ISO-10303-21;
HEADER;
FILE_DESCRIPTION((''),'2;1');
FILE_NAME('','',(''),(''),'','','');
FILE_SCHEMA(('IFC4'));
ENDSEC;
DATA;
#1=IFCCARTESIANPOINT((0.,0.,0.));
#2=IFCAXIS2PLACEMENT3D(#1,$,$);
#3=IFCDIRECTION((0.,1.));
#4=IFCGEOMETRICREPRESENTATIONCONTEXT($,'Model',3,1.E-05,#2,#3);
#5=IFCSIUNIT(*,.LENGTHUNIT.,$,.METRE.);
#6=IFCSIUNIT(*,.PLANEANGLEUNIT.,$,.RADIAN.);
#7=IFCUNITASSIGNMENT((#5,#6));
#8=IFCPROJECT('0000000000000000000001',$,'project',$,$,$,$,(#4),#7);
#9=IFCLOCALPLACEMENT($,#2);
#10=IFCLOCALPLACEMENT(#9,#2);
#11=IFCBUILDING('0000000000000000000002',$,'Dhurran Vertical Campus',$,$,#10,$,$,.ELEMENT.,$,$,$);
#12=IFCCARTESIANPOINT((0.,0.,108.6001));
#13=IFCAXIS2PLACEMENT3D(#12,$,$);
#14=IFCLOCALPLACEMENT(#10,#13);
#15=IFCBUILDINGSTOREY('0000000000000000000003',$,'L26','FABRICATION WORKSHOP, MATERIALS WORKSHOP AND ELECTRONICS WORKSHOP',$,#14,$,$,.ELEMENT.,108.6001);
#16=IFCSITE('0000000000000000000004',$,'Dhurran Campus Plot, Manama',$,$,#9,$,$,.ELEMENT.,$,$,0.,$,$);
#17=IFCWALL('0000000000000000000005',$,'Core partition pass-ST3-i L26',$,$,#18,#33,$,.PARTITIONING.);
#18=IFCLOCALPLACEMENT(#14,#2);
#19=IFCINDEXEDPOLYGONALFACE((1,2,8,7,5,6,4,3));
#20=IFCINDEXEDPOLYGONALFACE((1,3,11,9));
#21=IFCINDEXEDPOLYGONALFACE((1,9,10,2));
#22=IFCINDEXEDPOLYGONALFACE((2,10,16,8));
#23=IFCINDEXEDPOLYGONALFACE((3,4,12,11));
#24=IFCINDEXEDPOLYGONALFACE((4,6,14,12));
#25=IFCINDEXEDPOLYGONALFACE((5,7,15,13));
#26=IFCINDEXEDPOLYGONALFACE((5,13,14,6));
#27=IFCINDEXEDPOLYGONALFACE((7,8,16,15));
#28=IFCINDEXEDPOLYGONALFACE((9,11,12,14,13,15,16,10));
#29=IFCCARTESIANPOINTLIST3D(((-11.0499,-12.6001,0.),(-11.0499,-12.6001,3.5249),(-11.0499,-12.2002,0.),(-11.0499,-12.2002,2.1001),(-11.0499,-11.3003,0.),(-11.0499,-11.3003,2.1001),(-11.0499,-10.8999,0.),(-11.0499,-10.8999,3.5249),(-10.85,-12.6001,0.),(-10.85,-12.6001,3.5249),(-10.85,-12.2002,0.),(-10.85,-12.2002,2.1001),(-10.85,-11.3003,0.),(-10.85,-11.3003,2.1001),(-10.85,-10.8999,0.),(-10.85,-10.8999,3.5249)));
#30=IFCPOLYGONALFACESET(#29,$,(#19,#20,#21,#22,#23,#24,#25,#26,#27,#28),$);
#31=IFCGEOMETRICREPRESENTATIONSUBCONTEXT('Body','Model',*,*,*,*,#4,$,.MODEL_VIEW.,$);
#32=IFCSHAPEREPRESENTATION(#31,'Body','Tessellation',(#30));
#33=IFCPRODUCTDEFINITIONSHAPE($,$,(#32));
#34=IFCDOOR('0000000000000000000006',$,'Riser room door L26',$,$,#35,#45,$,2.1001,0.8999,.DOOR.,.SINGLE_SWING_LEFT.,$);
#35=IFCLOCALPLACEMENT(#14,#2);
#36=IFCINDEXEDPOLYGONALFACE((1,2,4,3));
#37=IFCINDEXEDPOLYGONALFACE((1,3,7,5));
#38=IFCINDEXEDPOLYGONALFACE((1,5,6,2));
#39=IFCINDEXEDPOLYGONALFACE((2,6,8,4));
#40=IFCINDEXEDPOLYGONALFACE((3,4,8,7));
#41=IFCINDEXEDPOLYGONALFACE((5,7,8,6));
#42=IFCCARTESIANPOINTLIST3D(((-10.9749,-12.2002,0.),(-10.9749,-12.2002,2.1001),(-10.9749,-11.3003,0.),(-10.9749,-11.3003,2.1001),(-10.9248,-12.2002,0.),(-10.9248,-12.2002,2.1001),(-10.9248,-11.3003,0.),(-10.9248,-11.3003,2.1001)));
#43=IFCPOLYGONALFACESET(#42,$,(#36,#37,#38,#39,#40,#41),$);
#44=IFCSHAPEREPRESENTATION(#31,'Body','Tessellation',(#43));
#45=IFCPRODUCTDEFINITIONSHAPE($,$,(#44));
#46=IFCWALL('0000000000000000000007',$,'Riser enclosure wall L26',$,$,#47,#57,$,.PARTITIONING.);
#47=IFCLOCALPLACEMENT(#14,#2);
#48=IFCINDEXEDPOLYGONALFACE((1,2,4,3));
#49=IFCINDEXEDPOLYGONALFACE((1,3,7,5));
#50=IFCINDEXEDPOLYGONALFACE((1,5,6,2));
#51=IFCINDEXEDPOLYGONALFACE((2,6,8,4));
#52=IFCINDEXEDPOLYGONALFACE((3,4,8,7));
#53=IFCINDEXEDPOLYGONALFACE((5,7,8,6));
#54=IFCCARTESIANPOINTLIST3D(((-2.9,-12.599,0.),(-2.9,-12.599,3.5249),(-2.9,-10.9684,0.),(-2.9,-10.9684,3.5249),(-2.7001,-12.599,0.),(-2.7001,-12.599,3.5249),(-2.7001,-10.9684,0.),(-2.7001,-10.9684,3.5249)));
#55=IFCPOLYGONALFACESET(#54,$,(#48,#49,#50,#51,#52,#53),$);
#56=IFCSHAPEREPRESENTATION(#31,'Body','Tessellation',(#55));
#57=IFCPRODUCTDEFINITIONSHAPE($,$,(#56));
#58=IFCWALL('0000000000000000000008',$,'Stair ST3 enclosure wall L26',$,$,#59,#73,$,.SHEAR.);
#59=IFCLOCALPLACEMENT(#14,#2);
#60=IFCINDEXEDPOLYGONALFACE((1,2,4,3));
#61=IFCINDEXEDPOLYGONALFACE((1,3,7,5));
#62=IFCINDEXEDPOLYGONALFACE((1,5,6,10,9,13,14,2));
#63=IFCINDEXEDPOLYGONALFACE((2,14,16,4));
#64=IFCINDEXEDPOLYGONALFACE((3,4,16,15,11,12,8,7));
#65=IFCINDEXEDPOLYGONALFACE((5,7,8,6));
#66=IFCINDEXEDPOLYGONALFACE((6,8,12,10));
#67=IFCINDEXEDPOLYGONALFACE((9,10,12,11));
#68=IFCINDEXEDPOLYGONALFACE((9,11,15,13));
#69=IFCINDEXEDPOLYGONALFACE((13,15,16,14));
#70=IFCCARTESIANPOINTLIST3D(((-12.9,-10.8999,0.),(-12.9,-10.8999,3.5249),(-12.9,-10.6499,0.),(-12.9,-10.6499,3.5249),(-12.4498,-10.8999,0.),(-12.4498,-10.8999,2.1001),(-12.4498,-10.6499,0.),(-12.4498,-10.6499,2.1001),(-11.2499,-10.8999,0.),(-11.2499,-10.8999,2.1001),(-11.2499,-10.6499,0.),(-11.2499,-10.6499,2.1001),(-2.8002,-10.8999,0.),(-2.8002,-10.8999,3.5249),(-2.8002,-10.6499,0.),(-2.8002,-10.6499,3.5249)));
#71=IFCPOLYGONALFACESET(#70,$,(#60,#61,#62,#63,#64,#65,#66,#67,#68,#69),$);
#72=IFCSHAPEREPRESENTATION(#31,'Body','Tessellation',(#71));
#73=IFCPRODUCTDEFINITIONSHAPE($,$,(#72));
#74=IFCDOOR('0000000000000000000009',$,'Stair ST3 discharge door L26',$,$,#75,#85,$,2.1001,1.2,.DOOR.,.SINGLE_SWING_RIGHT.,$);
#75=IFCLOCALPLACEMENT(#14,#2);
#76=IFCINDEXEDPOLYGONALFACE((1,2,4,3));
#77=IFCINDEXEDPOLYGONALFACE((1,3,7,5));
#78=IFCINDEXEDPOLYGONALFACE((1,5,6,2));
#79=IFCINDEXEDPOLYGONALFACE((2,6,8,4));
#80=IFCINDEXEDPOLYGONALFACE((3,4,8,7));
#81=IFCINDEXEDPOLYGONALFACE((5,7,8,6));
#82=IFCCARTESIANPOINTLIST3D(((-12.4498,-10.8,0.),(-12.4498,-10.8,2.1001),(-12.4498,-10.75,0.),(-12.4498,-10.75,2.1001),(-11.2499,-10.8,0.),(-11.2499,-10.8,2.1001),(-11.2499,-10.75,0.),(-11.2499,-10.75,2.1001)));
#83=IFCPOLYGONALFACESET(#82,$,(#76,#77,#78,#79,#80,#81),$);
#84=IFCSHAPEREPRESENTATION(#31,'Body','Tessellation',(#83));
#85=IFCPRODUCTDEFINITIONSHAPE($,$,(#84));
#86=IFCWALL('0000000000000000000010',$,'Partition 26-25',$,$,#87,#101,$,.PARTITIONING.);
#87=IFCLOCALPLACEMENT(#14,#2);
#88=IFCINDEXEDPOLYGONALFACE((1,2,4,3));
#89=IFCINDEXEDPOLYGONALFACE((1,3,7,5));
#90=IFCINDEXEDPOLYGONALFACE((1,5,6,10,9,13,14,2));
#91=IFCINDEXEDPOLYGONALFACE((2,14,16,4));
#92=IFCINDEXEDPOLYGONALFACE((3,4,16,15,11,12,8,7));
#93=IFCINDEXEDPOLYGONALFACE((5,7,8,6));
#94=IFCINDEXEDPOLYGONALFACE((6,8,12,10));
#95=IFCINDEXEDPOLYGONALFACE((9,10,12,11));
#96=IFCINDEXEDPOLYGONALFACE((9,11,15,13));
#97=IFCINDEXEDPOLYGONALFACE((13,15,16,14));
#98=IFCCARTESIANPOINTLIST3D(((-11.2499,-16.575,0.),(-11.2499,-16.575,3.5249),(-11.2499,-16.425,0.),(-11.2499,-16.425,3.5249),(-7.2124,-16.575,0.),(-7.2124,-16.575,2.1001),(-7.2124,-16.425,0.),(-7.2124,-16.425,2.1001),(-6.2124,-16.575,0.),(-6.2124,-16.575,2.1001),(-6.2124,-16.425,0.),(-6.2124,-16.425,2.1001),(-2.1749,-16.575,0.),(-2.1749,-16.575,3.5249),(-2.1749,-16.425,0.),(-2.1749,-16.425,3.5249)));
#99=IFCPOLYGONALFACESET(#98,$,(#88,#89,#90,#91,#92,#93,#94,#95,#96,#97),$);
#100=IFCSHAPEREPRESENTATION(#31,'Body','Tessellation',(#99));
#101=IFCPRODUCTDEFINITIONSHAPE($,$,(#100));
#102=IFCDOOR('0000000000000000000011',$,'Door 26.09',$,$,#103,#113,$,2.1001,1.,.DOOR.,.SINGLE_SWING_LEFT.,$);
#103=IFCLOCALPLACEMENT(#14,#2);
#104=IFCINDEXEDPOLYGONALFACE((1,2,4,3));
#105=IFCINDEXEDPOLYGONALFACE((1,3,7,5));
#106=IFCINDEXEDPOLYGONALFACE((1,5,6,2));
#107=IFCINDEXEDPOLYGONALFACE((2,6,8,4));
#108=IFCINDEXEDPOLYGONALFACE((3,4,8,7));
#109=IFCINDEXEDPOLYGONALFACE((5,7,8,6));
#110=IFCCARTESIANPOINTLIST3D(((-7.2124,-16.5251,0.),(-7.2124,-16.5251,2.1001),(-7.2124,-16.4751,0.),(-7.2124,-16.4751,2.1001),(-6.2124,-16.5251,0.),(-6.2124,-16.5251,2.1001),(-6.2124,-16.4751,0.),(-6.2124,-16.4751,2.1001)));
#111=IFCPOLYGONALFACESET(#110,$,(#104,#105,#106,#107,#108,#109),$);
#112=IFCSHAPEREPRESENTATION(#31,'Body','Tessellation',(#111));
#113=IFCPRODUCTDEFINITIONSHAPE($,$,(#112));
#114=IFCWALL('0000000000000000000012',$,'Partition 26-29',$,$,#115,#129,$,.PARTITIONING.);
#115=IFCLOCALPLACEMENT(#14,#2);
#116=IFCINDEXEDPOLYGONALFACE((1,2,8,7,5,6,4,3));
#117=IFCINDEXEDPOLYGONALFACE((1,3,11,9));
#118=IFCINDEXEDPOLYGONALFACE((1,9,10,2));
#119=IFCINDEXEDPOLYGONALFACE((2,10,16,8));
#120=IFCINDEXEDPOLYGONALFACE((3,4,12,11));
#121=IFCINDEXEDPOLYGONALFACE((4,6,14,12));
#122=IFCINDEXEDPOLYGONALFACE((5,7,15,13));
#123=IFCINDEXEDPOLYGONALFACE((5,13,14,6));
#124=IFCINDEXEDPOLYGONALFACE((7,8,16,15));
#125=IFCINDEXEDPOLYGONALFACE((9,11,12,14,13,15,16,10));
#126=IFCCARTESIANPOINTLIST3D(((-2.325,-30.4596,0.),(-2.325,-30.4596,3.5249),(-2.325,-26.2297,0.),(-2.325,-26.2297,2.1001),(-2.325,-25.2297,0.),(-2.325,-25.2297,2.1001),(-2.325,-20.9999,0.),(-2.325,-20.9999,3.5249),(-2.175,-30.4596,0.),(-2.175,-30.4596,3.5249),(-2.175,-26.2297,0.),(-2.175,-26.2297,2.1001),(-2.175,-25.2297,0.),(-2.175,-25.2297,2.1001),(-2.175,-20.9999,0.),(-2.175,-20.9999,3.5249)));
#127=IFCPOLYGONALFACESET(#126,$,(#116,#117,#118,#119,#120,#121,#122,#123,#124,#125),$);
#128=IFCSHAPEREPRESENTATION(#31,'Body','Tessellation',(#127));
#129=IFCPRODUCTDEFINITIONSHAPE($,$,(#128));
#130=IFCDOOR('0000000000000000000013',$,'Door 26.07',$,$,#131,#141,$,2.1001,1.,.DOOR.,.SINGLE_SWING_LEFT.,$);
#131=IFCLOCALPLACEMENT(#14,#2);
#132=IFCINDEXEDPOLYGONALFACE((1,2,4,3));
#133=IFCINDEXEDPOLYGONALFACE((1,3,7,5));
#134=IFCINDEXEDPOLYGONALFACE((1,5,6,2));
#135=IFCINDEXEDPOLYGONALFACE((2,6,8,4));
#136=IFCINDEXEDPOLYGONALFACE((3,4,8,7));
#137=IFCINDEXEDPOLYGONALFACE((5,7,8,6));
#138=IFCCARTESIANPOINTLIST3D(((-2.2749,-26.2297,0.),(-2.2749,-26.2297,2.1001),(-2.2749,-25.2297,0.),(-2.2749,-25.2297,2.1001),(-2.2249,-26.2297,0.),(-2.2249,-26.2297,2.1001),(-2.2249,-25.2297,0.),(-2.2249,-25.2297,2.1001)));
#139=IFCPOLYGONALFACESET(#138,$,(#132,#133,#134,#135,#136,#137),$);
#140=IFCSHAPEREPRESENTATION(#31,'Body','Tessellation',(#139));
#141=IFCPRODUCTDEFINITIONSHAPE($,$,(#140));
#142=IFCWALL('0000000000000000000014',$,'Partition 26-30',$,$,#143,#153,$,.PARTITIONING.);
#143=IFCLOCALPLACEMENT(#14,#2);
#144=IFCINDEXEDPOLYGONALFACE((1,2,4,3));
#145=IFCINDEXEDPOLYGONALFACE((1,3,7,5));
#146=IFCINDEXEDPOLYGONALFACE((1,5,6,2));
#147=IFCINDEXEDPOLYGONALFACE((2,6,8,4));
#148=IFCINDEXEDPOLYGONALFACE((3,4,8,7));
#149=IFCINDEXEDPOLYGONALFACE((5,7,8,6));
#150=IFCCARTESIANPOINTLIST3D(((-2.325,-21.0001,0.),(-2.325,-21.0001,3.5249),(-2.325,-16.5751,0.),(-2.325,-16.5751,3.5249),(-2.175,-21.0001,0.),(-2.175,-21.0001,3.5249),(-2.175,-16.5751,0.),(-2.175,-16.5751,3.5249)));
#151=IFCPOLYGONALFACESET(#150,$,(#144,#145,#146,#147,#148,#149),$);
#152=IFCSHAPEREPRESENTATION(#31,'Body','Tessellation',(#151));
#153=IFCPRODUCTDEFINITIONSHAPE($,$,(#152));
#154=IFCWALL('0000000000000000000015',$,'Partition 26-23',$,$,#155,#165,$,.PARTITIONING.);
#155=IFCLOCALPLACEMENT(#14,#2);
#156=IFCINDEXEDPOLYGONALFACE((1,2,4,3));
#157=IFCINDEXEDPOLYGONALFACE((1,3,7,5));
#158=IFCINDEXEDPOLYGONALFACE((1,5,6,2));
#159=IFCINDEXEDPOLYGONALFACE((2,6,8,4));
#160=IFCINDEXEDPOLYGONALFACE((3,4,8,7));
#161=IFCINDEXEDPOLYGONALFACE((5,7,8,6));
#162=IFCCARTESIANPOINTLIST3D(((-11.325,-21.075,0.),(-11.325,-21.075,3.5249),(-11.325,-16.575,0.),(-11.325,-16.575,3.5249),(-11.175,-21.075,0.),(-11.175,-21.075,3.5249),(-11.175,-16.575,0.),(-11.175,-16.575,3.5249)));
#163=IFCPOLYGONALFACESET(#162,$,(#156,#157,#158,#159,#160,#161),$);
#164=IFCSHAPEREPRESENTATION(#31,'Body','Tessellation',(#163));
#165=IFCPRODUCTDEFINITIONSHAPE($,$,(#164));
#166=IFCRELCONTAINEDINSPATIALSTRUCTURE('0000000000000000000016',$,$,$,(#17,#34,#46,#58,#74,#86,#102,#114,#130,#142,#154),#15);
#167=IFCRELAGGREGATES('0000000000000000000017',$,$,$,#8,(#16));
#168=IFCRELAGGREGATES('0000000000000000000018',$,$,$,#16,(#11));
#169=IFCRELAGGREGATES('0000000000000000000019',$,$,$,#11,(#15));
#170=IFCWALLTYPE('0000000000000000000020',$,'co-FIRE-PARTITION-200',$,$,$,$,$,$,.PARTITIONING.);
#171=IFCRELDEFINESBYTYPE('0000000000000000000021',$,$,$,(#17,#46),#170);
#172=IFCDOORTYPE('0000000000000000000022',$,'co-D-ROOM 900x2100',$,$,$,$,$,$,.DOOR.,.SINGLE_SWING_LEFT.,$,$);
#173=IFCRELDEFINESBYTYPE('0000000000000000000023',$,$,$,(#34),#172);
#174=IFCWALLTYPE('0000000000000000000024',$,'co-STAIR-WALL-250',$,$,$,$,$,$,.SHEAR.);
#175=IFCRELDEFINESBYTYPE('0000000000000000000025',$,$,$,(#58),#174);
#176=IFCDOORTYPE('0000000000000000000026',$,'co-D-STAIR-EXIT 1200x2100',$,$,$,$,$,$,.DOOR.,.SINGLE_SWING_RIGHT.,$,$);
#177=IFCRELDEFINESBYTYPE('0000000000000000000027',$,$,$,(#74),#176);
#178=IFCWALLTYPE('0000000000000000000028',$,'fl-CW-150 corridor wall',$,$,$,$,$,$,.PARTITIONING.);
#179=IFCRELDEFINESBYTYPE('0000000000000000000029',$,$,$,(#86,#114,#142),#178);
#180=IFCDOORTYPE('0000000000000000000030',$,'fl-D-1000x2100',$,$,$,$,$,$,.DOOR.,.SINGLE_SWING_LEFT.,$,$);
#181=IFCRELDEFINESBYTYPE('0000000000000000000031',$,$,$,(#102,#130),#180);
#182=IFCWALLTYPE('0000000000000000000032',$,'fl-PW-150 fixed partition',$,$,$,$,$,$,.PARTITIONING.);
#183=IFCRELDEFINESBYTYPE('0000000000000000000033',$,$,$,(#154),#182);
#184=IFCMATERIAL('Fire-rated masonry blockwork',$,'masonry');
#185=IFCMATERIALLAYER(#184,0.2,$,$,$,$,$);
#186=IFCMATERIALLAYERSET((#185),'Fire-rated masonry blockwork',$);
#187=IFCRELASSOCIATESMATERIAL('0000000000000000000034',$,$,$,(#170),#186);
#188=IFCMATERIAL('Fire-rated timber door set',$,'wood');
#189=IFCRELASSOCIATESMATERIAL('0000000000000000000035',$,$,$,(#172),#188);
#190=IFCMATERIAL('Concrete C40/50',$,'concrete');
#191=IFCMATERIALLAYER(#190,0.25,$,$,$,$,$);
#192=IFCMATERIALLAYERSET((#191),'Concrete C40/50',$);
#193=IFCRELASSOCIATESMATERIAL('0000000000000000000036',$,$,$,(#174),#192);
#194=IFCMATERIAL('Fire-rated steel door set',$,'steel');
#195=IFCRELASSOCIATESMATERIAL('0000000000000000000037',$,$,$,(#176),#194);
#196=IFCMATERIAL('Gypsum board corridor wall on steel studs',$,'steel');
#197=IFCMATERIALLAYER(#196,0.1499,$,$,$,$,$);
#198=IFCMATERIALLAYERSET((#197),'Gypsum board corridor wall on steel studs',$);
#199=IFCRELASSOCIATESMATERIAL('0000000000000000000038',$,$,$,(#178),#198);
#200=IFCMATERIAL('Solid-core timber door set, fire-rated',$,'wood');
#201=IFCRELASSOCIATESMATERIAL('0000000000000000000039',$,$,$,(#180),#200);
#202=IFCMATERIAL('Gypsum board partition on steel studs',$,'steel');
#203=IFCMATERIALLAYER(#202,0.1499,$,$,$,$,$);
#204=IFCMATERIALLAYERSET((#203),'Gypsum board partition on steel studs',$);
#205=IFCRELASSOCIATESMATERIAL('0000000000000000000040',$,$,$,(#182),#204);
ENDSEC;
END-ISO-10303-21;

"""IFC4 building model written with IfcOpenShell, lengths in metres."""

from ifc_helpers import new_model, si_unit, direction, frame, frame_2d, origin, place, context, subcontext, project, spatial, rectangle, extrude, material, layer, layer_set, type_object, element, fill, save


model = new_model("IFC4")

# Units and contexts
model_context = context("Model", 3, precision=1e-05, world=origin(), true_north=direction((0.0, 1.0)))
body_context = subcontext(model_context, "Body", "Model", "MODEL_VIEW")
ifc_project = project(units=[si_unit("LENGTHUNIT", "METRE"), si_unit("PLANEANGLEUNIT", "RADIAN")], contexts=[model_context])

# Site, building, storey
site_placement = place(None, origin())
site = spatial("IfcSite", under=ifc_project, at=site_placement, Name="Dhurran Campus Plot, Manama", CompositionType="ELEMENT", RefElevation=0.0)
building_placement = place(site_placement, origin())
building = spatial("IfcBuilding", under=site, at=building_placement, Name="Dhurran Vertical Campus", CompositionType="ELEMENT")
storey_placement = place(building_placement, frame((0.0, 0.0, 108.6001)))
storey = spatial("IfcBuildingStorey", under=building, at=storey_placement, Name="L26", Description="FABRICATION WORKSHOP, MATERIALS WORKSHOP AND ELECTRONICS WORKSHOP", CompositionType="ELEMENT", Elevation=108.6001)

# Shared definitions
ifc_material_1 = material(Name="Fire-rated masonry blockwork", Category="masonry")
ifc_layer_1 = layer(ifc_material_1, 0.2)
ifc_layer_set_1 = layer_set([ifc_layer_1], Name="Fire-rated masonry blockwork")
wall_type_1 = type_object("IfcWallType", Name="co-FIRE-PARTITION-200", PredefinedType="PARTITIONING", material=ifc_layer_set_1)

# Shared definitions
ifc_material_2 = material(Name="Fire-rated timber door set", Category="wood")
door_type_1 = type_object("IfcDoorType", Name="co-D-ROOM 900x2100", OperationType="SINGLE_SWING_LEFT", PredefinedType="DOOR", material=ifc_material_2)

# Wall, opening, door
wall_1_placement = place(storey_placement, frame((-10.95, -12.6001, 0.0), z_axis=(0.0, 0.0, 1.0), x_axis=(0.0, 1.0, 0.0)))
wall_1 = element("IfcWall", 1, at=wall_1_placement, inside=storey, type_object=wall_type_1, Name="Core partition pass-ST3-i L26", PredefinedType="PARTITIONING", context=body_context, shape_type="SweptSolid", body=[
    extrude(rectangle(XDim=1.7002, YDim=0.2, at=frame_2d((0.8501, 0.0))), origin(), (0.0, 0.0, 1.0), 3.5249),
])
opening_1_placement = place(wall_1_placement, frame((0.3999, 0.0, 0.0)))
opening_1 = element("IfcOpeningElement", 2, at=opening_1_placement, cuts=wall_1, PredefinedType="OPENING", context=body_context, shape_type="SweptSolid", body=[
    extrude(rectangle(XDim=0.8999, YDim=2.1001, at=frame_2d((0.45, 1.05))), frame((0.0, 0.1099, 0.0), z_axis=(0.0, -1.0, 0.0), x_axis=(1.0, 0.0, 0.0)), (0.0, 0.0, 1.0), 0.22),
])
door_1_placement = place(opening_1_placement, origin())
door_1 = element("IfcDoor", 3, at=door_1_placement, inside=storey, type_object=door_type_1, Name="Riser room door L26", OperationType="SINGLE_SWING_LEFT", OverallHeight=2.1001, OverallWidth=0.8999, PredefinedType="DOOR", context=body_context, shape_type="SweptSolid", body=[
    extrude(rectangle(XDim=0.8999, YDim=2.1001, at=frame_2d((0.45, 1.05))), frame((0.0, 0.0249, 0.0), z_axis=(0.0, -1.0, 0.0), x_axis=(1.0, 0.0, 0.0)), (0.0, 0.0, 1.0), 0.05),
])
fill(opening_1, door_1)

# Wall
wall_2_placement = place(storey_placement, frame((-2.8, -12.5991, 0.0), z_axis=(0.0, 0.0, 1.0), x_axis=(0.0, 1.0, 0.0)))
element("IfcWall", 4, at=wall_2_placement, inside=storey, type_object=wall_type_1, Name="Riser enclosure wall L26", PredefinedType="PARTITIONING", context=body_context, shape_type="SweptSolid", body=[
    extrude(rectangle(XDim=1.6306, YDim=0.2, at=frame_2d((0.8154, 0.0))), origin(), (0.0, 0.0, 1.0), 3.5249),
])

# Walls, openings, doors
ifc_material_3 = material(Name="Concrete C40/50", Category="concrete")
ifc_layer_2 = layer(ifc_material_3, 0.25)
ifc_layer_set_2 = layer_set([ifc_layer_2], Name="Concrete C40/50")
wall_type_2 = type_object("IfcWallType", Name="co-STAIR-WALL-250", PredefinedType="SHEAR", material=ifc_layer_set_2)
wall_3_placement = place(storey_placement, frame((-12.8999, -10.7749, 0.0), z_axis=(0.0, 0.0, 1.0), x_axis=(1.0, 0.0, 0.0)))
wall_3 = element("IfcWall", 5, at=wall_3_placement, inside=storey, type_object=wall_type_2, Name="Stair ST3 enclosure wall L26", PredefinedType="SHEAR", context=body_context, shape_type="SweptSolid", body=[
    extrude(rectangle(XDim=10.0999, YDim=0.25, at=frame_2d((5.0498, 0.0))), origin(), (0.0, 0.0, 1.0), 3.5249),
])
opening_2_placement = place(wall_3_placement, frame((0.45, 0.0, 0.0)))
opening_2 = element("IfcOpeningElement", 6, at=opening_2_placement, cuts=wall_3, PredefinedType="OPENING", context=body_context, shape_type="SweptSolid", body=[
    extrude(rectangle(XDim=1.2, YDim=2.1001, at=frame_2d((0.6001, 1.05))), frame((0.0, 0.135, 0.0), z_axis=(0.0, -1.0, 0.0), x_axis=(1.0, 0.0, 0.0)), (0.0, 0.0, 1.0), 0.27),
])
ifc_material_4 = material(Name="Fire-rated steel door set", Category="steel")
door_type_2 = type_object("IfcDoorType", Name="co-D-STAIR-EXIT 1200x2100", OperationType="SINGLE_SWING_RIGHT", PredefinedType="DOOR", material=ifc_material_4)
door_2_placement = place(opening_2_placement, origin())
door_2 = element("IfcDoor", 7, at=door_2_placement, inside=storey, type_object=door_type_2, Name="Stair ST3 discharge door L26", OperationType="SINGLE_SWING_RIGHT", OverallHeight=2.1001, OverallWidth=1.2, PredefinedType="DOOR", context=body_context, shape_type="SweptSolid", body=[
    extrude(rectangle(XDim=1.2, YDim=2.1001, at=frame_2d((0.6001, 1.05))), frame((0.0, 0.0249, 0.0), z_axis=(0.0, -1.0, 0.0), x_axis=(1.0, 0.0, 0.0)), (0.0, 0.0, 1.0), 0.05),
])
fill(opening_2, door_2)
ifc_material_5 = material(Name="Gypsum board corridor wall on steel studs", Category="steel")
ifc_layer_3 = layer(ifc_material_5, 0.1499)
ifc_layer_set_3 = layer_set([ifc_layer_3], Name="Gypsum board corridor wall on steel studs")
wall_type_3 = type_object("IfcWallType", Name="fl-CW-150 corridor wall", PredefinedType="PARTITIONING", material=ifc_layer_set_3)
wall_4_placement = place(storey_placement, frame((-11.25, -16.5, 0.0), z_axis=(0.0, 0.0, 1.0), x_axis=(1.0, 0.0, 0.0)))
wall_4 = element("IfcWall", 8, at=wall_4_placement, inside=storey, type_object=wall_type_3, Name="Partition 26-25", PredefinedType="PARTITIONING", context=body_context, shape_type="SweptSolid", body=[
    extrude(rectangle(XDim=9.075, YDim=0.1499, at=frame_2d((4.5376, 0.0))), origin(), (0.0, 0.0, 1.0), 3.5249),
])
opening_3_placement = place(wall_4_placement, frame((4.0376, 0.0, 0.0)))
opening_3 = element("IfcOpeningElement", 9, at=opening_3_placement, cuts=wall_4, PredefinedType="OPENING", context=body_context, shape_type="SweptSolid", body=[
    extrude(rectangle(XDim=1.0, YDim=2.1001, at=frame_2d((0.5, 1.05))), frame((0.0, 0.085, 0.0), z_axis=(0.0, -1.0, 0.0), x_axis=(1.0, 0.0, 0.0)), (0.0, 0.0, 1.0), 0.1699),
])
ifc_material_6 = material(Name="Solid-core timber door set, fire-rated", Category="wood")
door_type_3 = type_object("IfcDoorType", Name="fl-D-1000x2100", OperationType="SINGLE_SWING_LEFT", PredefinedType="DOOR", material=ifc_material_6)
door_3_placement = place(opening_3_placement, origin())
door_3 = element("IfcDoor", 10, at=door_3_placement, inside=storey, type_object=door_type_3, Name="Door 26.09", OperationType="SINGLE_SWING_LEFT", OverallHeight=2.1001, OverallWidth=1.0, PredefinedType="DOOR", context=body_context, shape_type="SweptSolid", body=[
    extrude(rectangle(XDim=1.0, YDim=2.1001, at=frame_2d((0.5, 1.05))), frame((0.0, 0.0249, 0.0), z_axis=(0.0, -1.0, 0.0), x_axis=(1.0, 0.0, 0.0)), (0.0, 0.0, 1.0), 0.05),
])
fill(opening_3, door_3)
wall_5_placement = place(storey_placement, frame((-2.25, -30.4597, 0.0), z_axis=(0.0, 0.0, 1.0), x_axis=(0.0, 1.0, 0.0)))
wall_5 = element("IfcWall", 11, at=wall_5_placement, inside=storey, type_object=wall_type_3, Name="Partition 26-29", PredefinedType="PARTITIONING", context=body_context, shape_type="SweptSolid", body=[
    extrude(rectangle(XDim=9.4597, YDim=0.1499, at=frame_2d((4.73, 0.0))), origin(), (0.0, 0.0, 1.0), 3.5249),
])
opening_4_placement = place(wall_5_placement, frame((4.23, 0.0, 0.0)))
opening_4 = element("IfcOpeningElement", 12, at=opening_4_placement, cuts=wall_5, PredefinedType="OPENING", context=body_context, shape_type="SweptSolid", body=[
    extrude(rectangle(XDim=1.0, YDim=2.1001, at=frame_2d((0.5, 1.05))), frame((0.0, 0.085, 0.0), z_axis=(0.0, -1.0, 0.0), x_axis=(1.0, 0.0, 0.0)), (0.0, 0.0, 1.0), 0.1699),
])
door_4_placement = place(opening_4_placement, origin())
door_4 = element("IfcDoor", 13, at=door_4_placement, inside=storey, type_object=door_type_3, Name="Door 26.07", OperationType="SINGLE_SWING_LEFT", OverallHeight=2.1001, OverallWidth=1.0, PredefinedType="DOOR", context=body_context, shape_type="SweptSolid", body=[
    extrude(rectangle(XDim=1.0, YDim=2.1001, at=frame_2d((0.5, 1.05))), frame((0.0, 0.0249, 0.0), z_axis=(0.0, -1.0, 0.0), x_axis=(1.0, 0.0, 0.0)), (0.0, 0.0, 1.0), 0.05),
])
fill(opening_4, door_4)

# Walls
wall_6_placement = place(storey_placement, frame((-2.25, -21.0, 0.0), z_axis=(0.0, 0.0, 1.0), x_axis=(0.0, 1.0, 0.0)))
element("IfcWall", 14, at=wall_6_placement, inside=storey, type_object=wall_type_3, Name="Partition 26-30", PredefinedType="PARTITIONING", context=body_context, shape_type="SweptSolid", body=[
    extrude(rectangle(XDim=4.425, YDim=0.1499, at=frame_2d((2.2124, 0.0))), origin(), (0.0, 0.0, 1.0), 3.5249),
])
ifc_material_7 = material(Name="Gypsum board partition on steel studs", Category="steel")
ifc_layer_4 = layer(ifc_material_7, 0.1499)
ifc_layer_set_4 = layer_set([ifc_layer_4], Name="Gypsum board partition on steel studs")
wall_type_4 = type_object("IfcWallType", Name="fl-PW-150 fixed partition", PredefinedType="PARTITIONING", material=ifc_layer_set_4)
wall_7_placement = place(storey_placement, frame((-11.25, -16.575, 0.0), z_axis=(0.0, 0.0, 1.0), x_axis=(0.0, -1.0, 0.0)))
element("IfcWall", 15, at=wall_7_placement, inside=storey, type_object=wall_type_4, Name="Partition 26-23", PredefinedType="PARTITIONING", context=body_context, shape_type="SweptSolid", body=[
    extrude(rectangle(XDim=4.5, YDim=0.1499, at=frame_2d((2.25, 0.0))), origin(), (0.0, 0.0, 1.0), 3.5249),
])

save(model, "model.ifc")
